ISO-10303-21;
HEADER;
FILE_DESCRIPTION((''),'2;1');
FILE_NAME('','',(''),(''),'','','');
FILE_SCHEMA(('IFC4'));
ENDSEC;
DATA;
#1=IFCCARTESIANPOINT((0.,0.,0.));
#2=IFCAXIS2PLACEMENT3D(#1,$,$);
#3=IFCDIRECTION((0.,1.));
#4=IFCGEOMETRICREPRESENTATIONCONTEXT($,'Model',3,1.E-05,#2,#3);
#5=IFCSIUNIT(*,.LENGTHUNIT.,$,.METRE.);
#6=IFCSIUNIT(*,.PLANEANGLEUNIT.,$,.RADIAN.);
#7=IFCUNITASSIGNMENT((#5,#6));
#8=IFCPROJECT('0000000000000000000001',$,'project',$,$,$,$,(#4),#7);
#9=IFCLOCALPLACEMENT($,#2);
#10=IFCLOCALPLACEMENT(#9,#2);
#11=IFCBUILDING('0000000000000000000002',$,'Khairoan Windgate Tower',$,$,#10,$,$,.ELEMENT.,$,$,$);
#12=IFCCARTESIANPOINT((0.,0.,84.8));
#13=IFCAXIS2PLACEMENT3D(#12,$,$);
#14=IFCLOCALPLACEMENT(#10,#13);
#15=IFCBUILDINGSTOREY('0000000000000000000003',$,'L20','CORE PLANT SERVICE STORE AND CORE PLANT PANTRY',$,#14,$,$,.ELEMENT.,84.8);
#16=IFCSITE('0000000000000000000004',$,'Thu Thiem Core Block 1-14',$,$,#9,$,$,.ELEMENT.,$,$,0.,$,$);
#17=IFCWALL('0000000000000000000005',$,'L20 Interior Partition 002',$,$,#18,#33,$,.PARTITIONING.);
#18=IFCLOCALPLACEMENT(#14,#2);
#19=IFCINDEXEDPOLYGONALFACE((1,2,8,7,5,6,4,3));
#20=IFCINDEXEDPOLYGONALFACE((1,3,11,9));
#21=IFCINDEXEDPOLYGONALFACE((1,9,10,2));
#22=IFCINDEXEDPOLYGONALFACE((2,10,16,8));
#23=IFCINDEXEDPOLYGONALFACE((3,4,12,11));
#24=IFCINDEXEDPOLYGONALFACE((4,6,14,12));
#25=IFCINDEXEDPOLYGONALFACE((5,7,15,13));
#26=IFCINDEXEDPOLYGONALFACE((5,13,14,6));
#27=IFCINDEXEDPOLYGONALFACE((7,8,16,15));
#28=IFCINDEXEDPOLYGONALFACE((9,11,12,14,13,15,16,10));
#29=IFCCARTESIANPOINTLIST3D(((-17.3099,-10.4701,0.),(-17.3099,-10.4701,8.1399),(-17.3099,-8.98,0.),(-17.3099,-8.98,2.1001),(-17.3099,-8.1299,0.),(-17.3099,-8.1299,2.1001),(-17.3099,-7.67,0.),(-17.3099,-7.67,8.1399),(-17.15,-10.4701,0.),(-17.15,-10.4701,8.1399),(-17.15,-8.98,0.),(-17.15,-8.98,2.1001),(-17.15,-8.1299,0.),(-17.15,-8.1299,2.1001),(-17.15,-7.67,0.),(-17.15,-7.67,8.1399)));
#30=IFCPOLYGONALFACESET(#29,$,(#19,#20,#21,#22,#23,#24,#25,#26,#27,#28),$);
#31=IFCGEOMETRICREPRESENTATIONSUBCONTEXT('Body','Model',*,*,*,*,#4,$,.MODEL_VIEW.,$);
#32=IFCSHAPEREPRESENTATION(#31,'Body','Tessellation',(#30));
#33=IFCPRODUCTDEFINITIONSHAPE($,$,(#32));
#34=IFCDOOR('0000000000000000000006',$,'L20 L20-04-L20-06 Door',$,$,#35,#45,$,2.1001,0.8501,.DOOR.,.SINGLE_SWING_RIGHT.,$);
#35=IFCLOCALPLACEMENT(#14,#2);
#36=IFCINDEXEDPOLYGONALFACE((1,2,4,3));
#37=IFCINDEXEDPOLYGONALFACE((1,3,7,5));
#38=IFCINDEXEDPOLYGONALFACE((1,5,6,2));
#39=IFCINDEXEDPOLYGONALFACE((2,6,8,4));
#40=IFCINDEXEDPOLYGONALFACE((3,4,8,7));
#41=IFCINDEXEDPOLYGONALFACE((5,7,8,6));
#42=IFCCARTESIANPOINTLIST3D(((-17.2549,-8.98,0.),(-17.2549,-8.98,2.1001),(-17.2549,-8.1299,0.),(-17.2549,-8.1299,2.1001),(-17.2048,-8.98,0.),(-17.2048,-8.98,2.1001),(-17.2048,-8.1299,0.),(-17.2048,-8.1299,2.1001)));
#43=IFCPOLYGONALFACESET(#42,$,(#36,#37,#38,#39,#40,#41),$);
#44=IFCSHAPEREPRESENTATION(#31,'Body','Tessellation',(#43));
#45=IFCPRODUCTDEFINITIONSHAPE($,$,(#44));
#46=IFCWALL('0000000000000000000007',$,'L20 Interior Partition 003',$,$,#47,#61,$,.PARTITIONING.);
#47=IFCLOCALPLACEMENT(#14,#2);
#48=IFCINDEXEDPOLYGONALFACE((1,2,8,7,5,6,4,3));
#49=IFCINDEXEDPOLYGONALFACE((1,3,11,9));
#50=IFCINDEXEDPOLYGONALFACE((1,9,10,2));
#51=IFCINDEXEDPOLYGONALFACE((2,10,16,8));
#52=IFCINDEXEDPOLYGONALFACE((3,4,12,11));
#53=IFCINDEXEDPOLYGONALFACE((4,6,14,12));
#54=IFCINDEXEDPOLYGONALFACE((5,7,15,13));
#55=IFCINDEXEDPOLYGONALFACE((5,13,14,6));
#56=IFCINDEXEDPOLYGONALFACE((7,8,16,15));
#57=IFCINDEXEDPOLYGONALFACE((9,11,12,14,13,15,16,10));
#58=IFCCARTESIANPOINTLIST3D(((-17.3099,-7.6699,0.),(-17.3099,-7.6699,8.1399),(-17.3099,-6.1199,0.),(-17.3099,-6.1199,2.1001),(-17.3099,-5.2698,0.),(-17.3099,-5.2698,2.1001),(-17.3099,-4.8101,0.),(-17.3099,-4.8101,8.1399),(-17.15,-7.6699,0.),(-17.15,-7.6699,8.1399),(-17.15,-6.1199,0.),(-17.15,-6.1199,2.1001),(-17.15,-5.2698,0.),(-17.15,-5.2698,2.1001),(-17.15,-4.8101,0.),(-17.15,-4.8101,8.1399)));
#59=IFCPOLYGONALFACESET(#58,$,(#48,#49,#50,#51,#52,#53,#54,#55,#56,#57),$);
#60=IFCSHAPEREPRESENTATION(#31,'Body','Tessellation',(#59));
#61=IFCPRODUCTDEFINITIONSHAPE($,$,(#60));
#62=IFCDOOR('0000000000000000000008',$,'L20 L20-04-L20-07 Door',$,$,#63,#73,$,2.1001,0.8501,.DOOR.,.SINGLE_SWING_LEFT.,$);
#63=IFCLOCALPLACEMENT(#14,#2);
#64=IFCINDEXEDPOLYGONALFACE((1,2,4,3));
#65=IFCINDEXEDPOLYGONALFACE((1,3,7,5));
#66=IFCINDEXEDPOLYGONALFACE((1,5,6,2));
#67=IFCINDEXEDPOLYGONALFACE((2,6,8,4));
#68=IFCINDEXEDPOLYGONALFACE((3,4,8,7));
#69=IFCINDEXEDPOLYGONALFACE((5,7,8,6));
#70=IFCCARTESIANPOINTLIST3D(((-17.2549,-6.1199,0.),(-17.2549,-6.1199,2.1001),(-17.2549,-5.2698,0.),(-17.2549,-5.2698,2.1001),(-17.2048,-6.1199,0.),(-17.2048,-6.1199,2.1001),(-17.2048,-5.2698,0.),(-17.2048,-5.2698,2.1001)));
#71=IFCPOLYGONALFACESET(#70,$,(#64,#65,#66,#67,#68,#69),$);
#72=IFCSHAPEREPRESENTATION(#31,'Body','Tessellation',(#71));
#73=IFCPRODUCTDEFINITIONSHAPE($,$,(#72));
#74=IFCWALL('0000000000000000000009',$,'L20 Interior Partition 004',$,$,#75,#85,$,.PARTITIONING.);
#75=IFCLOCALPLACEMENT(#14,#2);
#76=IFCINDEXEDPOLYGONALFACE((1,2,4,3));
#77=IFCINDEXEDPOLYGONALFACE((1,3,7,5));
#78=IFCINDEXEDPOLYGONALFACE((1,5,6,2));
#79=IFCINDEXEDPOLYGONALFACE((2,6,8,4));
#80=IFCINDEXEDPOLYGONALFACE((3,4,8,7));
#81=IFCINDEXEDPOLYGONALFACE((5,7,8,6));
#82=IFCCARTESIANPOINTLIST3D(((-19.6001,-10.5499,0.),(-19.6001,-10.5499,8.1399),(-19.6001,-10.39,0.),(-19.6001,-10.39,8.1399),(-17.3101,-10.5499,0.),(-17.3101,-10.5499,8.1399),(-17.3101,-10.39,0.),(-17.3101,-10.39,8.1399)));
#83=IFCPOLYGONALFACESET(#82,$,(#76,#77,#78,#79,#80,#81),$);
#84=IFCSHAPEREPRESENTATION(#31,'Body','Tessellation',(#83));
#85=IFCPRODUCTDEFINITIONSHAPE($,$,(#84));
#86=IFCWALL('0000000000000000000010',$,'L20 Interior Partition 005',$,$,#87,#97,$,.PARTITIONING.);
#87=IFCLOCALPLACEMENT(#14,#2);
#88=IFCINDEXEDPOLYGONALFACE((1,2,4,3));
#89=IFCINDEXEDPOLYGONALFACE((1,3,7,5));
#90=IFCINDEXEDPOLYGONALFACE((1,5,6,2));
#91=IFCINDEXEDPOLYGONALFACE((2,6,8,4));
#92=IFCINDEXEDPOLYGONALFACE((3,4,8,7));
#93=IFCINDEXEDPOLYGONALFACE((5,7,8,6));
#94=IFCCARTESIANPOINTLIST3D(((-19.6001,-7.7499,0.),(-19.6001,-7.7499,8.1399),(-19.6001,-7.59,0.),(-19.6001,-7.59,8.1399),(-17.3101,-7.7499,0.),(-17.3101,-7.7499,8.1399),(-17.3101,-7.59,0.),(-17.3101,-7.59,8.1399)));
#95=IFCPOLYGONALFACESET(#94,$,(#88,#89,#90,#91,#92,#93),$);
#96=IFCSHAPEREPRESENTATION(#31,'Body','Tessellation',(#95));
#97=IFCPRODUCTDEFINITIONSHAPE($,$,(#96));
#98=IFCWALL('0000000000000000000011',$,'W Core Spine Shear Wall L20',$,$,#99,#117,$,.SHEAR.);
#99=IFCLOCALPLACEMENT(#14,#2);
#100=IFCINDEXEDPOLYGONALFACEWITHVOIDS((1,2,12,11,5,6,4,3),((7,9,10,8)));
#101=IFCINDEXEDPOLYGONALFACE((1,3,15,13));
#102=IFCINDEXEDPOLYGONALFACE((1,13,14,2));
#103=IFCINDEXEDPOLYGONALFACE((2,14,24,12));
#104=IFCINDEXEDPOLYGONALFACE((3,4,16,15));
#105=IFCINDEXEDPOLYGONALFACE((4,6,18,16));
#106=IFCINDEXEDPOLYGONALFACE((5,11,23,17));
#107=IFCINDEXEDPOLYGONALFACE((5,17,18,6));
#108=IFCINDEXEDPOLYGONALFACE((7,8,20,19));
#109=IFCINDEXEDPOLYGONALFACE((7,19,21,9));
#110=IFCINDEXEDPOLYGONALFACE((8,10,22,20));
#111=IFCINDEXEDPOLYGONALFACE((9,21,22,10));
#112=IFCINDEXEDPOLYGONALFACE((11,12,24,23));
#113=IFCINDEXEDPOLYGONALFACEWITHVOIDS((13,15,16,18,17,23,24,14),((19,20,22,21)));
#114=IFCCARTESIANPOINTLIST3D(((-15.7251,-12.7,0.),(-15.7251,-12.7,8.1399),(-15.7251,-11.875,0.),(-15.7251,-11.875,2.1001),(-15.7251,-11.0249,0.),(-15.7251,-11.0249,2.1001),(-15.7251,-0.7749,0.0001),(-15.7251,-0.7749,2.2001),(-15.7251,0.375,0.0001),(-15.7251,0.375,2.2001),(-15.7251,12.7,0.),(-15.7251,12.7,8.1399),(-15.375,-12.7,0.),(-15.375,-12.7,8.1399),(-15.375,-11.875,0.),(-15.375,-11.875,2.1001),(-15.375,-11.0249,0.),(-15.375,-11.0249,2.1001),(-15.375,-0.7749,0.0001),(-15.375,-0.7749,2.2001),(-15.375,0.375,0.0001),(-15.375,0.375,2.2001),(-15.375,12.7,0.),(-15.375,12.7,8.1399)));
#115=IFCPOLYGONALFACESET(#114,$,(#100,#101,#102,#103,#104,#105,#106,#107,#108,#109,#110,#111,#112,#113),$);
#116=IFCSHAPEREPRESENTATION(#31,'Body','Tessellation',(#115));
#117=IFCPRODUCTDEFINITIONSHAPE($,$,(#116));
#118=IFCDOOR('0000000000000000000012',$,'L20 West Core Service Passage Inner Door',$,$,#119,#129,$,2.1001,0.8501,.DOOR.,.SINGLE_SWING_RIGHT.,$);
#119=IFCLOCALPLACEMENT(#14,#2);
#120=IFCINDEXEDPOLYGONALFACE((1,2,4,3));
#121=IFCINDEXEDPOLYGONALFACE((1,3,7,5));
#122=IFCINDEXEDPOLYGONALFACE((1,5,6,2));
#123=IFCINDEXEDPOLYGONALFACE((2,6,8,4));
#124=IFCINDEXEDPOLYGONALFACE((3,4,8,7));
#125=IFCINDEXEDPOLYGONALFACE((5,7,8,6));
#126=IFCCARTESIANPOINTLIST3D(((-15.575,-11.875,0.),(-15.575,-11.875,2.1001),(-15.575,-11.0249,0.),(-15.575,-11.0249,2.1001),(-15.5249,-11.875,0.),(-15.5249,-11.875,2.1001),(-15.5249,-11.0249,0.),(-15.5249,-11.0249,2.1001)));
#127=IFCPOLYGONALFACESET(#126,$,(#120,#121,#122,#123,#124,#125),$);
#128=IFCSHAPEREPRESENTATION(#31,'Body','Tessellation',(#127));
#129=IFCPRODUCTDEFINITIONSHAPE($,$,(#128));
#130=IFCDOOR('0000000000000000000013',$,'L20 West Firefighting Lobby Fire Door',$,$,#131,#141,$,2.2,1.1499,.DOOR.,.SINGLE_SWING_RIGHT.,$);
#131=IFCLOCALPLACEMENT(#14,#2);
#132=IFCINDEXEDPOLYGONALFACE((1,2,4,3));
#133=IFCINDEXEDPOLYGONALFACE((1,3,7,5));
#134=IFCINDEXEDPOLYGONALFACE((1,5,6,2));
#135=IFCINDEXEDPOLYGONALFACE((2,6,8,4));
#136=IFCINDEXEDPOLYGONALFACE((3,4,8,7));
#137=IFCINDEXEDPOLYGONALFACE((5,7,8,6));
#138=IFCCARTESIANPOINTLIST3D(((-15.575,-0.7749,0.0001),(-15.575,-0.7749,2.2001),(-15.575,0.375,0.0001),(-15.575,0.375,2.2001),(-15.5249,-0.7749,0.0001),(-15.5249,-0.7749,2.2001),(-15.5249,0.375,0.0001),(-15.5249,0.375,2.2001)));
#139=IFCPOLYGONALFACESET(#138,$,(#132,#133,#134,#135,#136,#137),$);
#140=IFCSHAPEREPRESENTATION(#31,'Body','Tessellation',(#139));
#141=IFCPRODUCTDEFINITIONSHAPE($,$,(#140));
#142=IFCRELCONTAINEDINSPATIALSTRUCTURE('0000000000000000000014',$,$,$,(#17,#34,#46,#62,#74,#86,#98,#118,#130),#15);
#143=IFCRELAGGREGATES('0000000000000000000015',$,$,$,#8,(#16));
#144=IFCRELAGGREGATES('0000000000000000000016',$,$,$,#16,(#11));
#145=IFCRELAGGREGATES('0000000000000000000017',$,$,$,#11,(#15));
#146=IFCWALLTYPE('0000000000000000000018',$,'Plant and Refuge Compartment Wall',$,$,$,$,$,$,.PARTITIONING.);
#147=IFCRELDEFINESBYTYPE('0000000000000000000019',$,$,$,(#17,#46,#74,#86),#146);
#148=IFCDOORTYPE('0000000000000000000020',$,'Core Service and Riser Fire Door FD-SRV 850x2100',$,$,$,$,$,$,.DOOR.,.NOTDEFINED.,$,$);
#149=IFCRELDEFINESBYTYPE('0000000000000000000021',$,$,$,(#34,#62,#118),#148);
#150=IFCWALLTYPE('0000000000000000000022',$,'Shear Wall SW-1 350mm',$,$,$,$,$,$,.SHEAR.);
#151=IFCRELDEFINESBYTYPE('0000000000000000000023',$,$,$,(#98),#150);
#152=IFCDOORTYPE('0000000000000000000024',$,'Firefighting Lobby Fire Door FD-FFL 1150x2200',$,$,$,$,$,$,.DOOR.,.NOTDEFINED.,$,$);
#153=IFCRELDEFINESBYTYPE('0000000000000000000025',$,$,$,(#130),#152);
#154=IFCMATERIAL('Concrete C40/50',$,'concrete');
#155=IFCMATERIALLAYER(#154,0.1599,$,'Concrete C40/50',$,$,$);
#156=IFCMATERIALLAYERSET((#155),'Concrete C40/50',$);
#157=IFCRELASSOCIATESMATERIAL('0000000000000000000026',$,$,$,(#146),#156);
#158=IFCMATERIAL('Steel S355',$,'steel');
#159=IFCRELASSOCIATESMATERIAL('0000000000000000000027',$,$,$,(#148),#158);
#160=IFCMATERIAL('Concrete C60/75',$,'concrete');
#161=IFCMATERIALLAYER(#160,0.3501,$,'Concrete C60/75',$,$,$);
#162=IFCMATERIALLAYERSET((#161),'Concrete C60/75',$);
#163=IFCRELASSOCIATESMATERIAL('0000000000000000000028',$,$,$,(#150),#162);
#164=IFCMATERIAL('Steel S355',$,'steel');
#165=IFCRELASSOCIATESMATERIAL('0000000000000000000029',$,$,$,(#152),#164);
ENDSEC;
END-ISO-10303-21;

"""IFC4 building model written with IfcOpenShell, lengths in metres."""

from ifc_helpers import new_model, si_unit, direction, frame, frame_2d, origin, place, context, subcontext, project, spatial, rectangle, extrude, material, layer, layer_set, type_object, element, fill, save


model = new_model("IFC4")

# Units and contexts
model_context = context("Model", 3, precision=1e-05, world=origin(), true_north=direction((0.0, 1.0)))
body_context = subcontext(model_context, "Body", "Model", "MODEL_VIEW")
ifc_project = project(units=[si_unit("LENGTHUNIT", "METRE"), si_unit("PLANEANGLEUNIT", "RADIAN")], contexts=[model_context])

# Site, building, storey
site_placement = place(None, origin())
site = spatial("IfcSite", under=ifc_project, at=site_placement, Name="Thu Thiem Core Block 1-14", CompositionType="ELEMENT", RefElevation=0.0)
building_placement = place(site_placement, origin())
building = spatial("IfcBuilding", under=site, at=building_placement, Name="Khairoan Windgate Tower", CompositionType="ELEMENT")
storey_placement = place(building_placement, frame((0.0, 0.0, 84.8)))
storey = spatial("IfcBuildingStorey", under=building, at=storey_placement, Name="L20", Description="CORE PLANT SERVICE STORE AND CORE PLANT PANTRY", CompositionType="ELEMENT", Elevation=84.8)

# Walls, openings, doors
ifc_material_1 = material(Name="Concrete C40/50", Category="concrete")
ifc_layer_1 = layer(ifc_material_1, 0.1599, Name="Concrete C40/50")
ifc_layer_set_1 = layer_set([ifc_layer_1], Name="Concrete C40/50")
wall_type_1 = type_object("IfcWallType", Name="Plant and Refuge Compartment Wall", PredefinedType="PARTITIONING", material=ifc_layer_set_1)
ifc_material_2 = material(Name="Steel S355", Category="steel")
door_type_1 = type_object("IfcDoorType", Name="Core Service and Riser Fire Door FD-SRV 850x2100", OperationType="NOTDEFINED", PredefinedType="DOOR", material=ifc_material_2)
wall_1_placement = place(storey_placement, frame((-17.23, -10.47, 0.0), z_axis=(0.0, 0.0, 1.0), x_axis=(0.0, 1.0, 0.0)))
wall_1 = element("IfcWall", 1, at=wall_1_placement, inside=storey, type_object=wall_type_1, Name="L20 Interior Partition 002", PredefinedType="PARTITIONING", context=body_context, shape_type="SweptSolid", body=[
    extrude(rectangle(XDim=2.8, YDim=0.1599, at=frame_2d((1.3999, 0.0))), origin(), (0.0, 0.0, 1.0), 8.1399),
])
opening_1_placement = place(wall_1_placement, frame((1.49, 0.0, 0.0)))
opening_1 = element("IfcOpeningElement", 2, at=opening_1_placement, cuts=wall_1, PredefinedType="OPENING", context=body_context, shape_type="SweptSolid", body=[
    extrude(rectangle(XDim=0.8501, YDim=2.1001, at=frame_2d((0.425, 1.05))), frame((0.0, 0.0898, 0.0), z_axis=(0.0, -1.0, 0.0), x_axis=(1.0, 0.0, 0.0)), (0.0, 0.0, 1.0), 0.1799),
])
door_1_placement = place(opening_1_placement, origin())
door_1 = element("IfcDoor", 3, at=door_1_placement, inside=storey, type_object=door_type_1, Name="L20 L20-04-L20-06 Door", OperationType="SINGLE_SWING_RIGHT", OverallHeight=2.1001, OverallWidth=0.8501, PredefinedType="DOOR", context=body_context, shape_type="SweptSolid", body=[
    extrude(rectangle(XDim=0.8501, YDim=2.1001, at=frame_2d((0.425, 1.05))), frame((0.0, 0.0249, 0.0), z_axis=(0.0, -1.0, 0.0), x_axis=(1.0, 0.0, 0.0)), (0.0, 0.0, 1.0), 0.05),
])
fill(opening_1, door_1)
wall_2_placement = place(storey_placement, frame((-17.23, -7.6699, 0.0), z_axis=(0.0, 0.0, 1.0), x_axis=(0.0, 1.0, 0.0)))
wall_2 = element("IfcWall", 4, at=wall_2_placement, inside=storey, type_object=wall_type_1, Name="L20 Interior Partition 003", PredefinedType="PARTITIONING", context=body_context, shape_type="SweptSolid", body=[
    extrude(rectangle(XDim=2.8599, YDim=0.1599, at=frame_2d((1.4299, 0.0))), origin(), (0.0, 0.0, 1.0), 8.1399),
])
opening_2_placement = place(wall_2_placement, frame((1.55, 0.0, 0.0)))
opening_2 = element("IfcOpeningElement", 5, at=opening_2_placement, cuts=wall_2, PredefinedType="OPENING", context=body_context, shape_type="SweptSolid", body=[
    extrude(rectangle(XDim=0.8501, YDim=2.1001, at=frame_2d((0.425, 1.05))), frame((0.0, 0.0898, 0.0), z_axis=(0.0, -1.0, 0.0), x_axis=(1.0, 0.0, 0.0)), (0.0, 0.0, 1.0), 0.1799),
])
door_2_placement = place(opening_2_placement, origin())
door_2 = element("IfcDoor", 6, at=door_2_placement, inside=storey, type_object=door_type_1, Name="L20 L20-04-L20-07 Door", OperationType="SINGLE_SWING_LEFT", OverallHeight=2.1001, OverallWidth=0.8501, PredefinedType="DOOR", context=body_context, shape_type="SweptSolid", body=[
    extrude(rectangle(XDim=0.8501, YDim=2.1001, at=frame_2d((0.425, 1.05))), frame((0.0, 0.0249, 0.0), z_axis=(0.0, -1.0, 0.0), x_axis=(1.0, 0.0, 0.0)), (0.0, 0.0, 1.0), 0.05),
])
fill(opening_2, door_2)

# Walls
for number, where, z_axis, x_axis, name in (
    (7, (-19.6001, -10.47, 0.0), (0.0, 0.0, 1.0), (1.0, 0.0, 0.0), "L20 Interior Partition 004"),
    (8, (-19.6001, -7.6699, 0.0), (0.0, 0.0, 1.0), (1.0, 0.0, 0.0), "L20 Interior Partition 005"),
):
    element("IfcWall", number, at=place(storey_placement, frame(where, z_axis=z_axis, x_axis=x_axis)), inside=storey, type_object=wall_type_1, Name=name, PredefinedType="PARTITIONING", context=body_context, shape_type="SweptSolid", body=[
        extrude(rectangle(XDim=2.29, YDim=0.1599, at=frame_2d((1.145, 0.0))), origin(), (0.0, 0.0, 1.0), 8.1399),
    ])

# Wall, openings, doors
ifc_material_3 = material(Name="Concrete C60/75", Category="concrete")
ifc_layer_2 = layer(ifc_material_3, 0.3501, Name="Concrete C60/75")
ifc_layer_set_2 = layer_set([ifc_layer_2], Name="Concrete C60/75")
wall_type_2 = type_object("IfcWallType", Name="Shear Wall SW-1 350mm", PredefinedType="SHEAR", material=ifc_layer_set_2)
wall_3_placement = place(storey_placement, frame((-15.55, -12.7, 0.0), z_axis=(0.0, 0.0, 1.0), x_axis=(0.0, 1.0, 0.0)))
wall_3 = element("IfcWall", 9, at=wall_3_placement, inside=storey, type_object=wall_type_2, Name="W Core Spine Shear Wall L20", PredefinedType="SHEAR", context=body_context, shape_type="SweptSolid", body=[
    extrude(rectangle(XDim=25.3999, YDim=0.3501, at=frame_2d((12.7, 0.0))), origin(), (0.0, 0.0, 1.0), 8.1399),
])
opening_3_placement = place(wall_3_placement, frame((11.925, 0.0, 0.0)))
opening_3 = element("IfcOpeningElement", 10, at=opening_3_placement, cuts=wall_3, PredefinedType="OPENING", context=body_context, shape_type="SweptSolid", body=[
    extrude(rectangle(XDim=1.1499, YDim=2.2, at=frame_2d((0.575, 1.1001))), frame((0.0, 0.1851, 0.0), z_axis=(0.0, -1.0, 0.0), x_axis=(1.0, 0.0, 0.0)), (0.0, 0.0, 1.0), 0.3701),
])
opening_4_placement = place(wall_3_placement, frame((0.825, 0.0, 0.0)))
opening_4 = element("IfcOpeningElement", 11, at=opening_4_placement, cuts=wall_3, PredefinedType="OPENING", context=body_context, shape_type="SweptSolid", body=[
    extrude(rectangle(XDim=0.8501, YDim=2.1001, at=frame_2d((0.425, 1.05))), frame((0.0, 0.1851, 0.0), z_axis=(0.0, -1.0, 0.0), x_axis=(1.0, 0.0, 0.0)), (0.0, 0.0, 1.0), 0.3701),
])
door_3_placement = place(opening_4_placement, origin())
door_3 = element("IfcDoor", 12, at=door_3_placement, inside=storey, type_object=door_type_1, Name="L20 West Core Service Passage Inner Door", OperationType="SINGLE_SWING_RIGHT", OverallHeight=2.1001, OverallWidth=0.8501, PredefinedType="DOOR", context=body_context, shape_type="SweptSolid", body=[
    extrude(rectangle(XDim=0.8501, YDim=2.1001, at=frame_2d((0.425, 1.05))), frame((0.0, 0.0249, 0.0), z_axis=(0.0, -1.0, 0.0), x_axis=(1.0, 0.0, 0.0)), (0.0, 0.0, 1.0), 0.05),
])
fill(opening_4, door_3)
ifc_material_4 = material(Name="Steel S355", Category="steel")
door_type_2 = type_object("IfcDoorType", Name="Firefighting Lobby Fire Door FD-FFL 1150x2200", OperationType="NOTDEFINED", PredefinedType="DOOR", material=ifc_material_4)
door_4_placement = place(opening_3_placement, origin())
door_4 = element("IfcDoor", 13, at=door_4_placement, inside=storey, type_object=door_type_2, Name="L20 West Firefighting Lobby Fire Door", OperationType="SINGLE_SWING_RIGHT", OverallHeight=2.2, OverallWidth=1.1499, PredefinedType="DOOR", context=body_context, shape_type="SweptSolid", body=[
    extrude(rectangle(XDim=1.1499, YDim=2.2, at=frame_2d((0.575, 1.1001))), frame((0.0, 0.0249, 0.0), z_axis=(0.0, -1.0, 0.0), x_axis=(1.0, 0.0, 0.0)), (0.0, 0.0, 1.0), 0.05),
])
fill(opening_3, door_4)

save(model, "model.ifc")
